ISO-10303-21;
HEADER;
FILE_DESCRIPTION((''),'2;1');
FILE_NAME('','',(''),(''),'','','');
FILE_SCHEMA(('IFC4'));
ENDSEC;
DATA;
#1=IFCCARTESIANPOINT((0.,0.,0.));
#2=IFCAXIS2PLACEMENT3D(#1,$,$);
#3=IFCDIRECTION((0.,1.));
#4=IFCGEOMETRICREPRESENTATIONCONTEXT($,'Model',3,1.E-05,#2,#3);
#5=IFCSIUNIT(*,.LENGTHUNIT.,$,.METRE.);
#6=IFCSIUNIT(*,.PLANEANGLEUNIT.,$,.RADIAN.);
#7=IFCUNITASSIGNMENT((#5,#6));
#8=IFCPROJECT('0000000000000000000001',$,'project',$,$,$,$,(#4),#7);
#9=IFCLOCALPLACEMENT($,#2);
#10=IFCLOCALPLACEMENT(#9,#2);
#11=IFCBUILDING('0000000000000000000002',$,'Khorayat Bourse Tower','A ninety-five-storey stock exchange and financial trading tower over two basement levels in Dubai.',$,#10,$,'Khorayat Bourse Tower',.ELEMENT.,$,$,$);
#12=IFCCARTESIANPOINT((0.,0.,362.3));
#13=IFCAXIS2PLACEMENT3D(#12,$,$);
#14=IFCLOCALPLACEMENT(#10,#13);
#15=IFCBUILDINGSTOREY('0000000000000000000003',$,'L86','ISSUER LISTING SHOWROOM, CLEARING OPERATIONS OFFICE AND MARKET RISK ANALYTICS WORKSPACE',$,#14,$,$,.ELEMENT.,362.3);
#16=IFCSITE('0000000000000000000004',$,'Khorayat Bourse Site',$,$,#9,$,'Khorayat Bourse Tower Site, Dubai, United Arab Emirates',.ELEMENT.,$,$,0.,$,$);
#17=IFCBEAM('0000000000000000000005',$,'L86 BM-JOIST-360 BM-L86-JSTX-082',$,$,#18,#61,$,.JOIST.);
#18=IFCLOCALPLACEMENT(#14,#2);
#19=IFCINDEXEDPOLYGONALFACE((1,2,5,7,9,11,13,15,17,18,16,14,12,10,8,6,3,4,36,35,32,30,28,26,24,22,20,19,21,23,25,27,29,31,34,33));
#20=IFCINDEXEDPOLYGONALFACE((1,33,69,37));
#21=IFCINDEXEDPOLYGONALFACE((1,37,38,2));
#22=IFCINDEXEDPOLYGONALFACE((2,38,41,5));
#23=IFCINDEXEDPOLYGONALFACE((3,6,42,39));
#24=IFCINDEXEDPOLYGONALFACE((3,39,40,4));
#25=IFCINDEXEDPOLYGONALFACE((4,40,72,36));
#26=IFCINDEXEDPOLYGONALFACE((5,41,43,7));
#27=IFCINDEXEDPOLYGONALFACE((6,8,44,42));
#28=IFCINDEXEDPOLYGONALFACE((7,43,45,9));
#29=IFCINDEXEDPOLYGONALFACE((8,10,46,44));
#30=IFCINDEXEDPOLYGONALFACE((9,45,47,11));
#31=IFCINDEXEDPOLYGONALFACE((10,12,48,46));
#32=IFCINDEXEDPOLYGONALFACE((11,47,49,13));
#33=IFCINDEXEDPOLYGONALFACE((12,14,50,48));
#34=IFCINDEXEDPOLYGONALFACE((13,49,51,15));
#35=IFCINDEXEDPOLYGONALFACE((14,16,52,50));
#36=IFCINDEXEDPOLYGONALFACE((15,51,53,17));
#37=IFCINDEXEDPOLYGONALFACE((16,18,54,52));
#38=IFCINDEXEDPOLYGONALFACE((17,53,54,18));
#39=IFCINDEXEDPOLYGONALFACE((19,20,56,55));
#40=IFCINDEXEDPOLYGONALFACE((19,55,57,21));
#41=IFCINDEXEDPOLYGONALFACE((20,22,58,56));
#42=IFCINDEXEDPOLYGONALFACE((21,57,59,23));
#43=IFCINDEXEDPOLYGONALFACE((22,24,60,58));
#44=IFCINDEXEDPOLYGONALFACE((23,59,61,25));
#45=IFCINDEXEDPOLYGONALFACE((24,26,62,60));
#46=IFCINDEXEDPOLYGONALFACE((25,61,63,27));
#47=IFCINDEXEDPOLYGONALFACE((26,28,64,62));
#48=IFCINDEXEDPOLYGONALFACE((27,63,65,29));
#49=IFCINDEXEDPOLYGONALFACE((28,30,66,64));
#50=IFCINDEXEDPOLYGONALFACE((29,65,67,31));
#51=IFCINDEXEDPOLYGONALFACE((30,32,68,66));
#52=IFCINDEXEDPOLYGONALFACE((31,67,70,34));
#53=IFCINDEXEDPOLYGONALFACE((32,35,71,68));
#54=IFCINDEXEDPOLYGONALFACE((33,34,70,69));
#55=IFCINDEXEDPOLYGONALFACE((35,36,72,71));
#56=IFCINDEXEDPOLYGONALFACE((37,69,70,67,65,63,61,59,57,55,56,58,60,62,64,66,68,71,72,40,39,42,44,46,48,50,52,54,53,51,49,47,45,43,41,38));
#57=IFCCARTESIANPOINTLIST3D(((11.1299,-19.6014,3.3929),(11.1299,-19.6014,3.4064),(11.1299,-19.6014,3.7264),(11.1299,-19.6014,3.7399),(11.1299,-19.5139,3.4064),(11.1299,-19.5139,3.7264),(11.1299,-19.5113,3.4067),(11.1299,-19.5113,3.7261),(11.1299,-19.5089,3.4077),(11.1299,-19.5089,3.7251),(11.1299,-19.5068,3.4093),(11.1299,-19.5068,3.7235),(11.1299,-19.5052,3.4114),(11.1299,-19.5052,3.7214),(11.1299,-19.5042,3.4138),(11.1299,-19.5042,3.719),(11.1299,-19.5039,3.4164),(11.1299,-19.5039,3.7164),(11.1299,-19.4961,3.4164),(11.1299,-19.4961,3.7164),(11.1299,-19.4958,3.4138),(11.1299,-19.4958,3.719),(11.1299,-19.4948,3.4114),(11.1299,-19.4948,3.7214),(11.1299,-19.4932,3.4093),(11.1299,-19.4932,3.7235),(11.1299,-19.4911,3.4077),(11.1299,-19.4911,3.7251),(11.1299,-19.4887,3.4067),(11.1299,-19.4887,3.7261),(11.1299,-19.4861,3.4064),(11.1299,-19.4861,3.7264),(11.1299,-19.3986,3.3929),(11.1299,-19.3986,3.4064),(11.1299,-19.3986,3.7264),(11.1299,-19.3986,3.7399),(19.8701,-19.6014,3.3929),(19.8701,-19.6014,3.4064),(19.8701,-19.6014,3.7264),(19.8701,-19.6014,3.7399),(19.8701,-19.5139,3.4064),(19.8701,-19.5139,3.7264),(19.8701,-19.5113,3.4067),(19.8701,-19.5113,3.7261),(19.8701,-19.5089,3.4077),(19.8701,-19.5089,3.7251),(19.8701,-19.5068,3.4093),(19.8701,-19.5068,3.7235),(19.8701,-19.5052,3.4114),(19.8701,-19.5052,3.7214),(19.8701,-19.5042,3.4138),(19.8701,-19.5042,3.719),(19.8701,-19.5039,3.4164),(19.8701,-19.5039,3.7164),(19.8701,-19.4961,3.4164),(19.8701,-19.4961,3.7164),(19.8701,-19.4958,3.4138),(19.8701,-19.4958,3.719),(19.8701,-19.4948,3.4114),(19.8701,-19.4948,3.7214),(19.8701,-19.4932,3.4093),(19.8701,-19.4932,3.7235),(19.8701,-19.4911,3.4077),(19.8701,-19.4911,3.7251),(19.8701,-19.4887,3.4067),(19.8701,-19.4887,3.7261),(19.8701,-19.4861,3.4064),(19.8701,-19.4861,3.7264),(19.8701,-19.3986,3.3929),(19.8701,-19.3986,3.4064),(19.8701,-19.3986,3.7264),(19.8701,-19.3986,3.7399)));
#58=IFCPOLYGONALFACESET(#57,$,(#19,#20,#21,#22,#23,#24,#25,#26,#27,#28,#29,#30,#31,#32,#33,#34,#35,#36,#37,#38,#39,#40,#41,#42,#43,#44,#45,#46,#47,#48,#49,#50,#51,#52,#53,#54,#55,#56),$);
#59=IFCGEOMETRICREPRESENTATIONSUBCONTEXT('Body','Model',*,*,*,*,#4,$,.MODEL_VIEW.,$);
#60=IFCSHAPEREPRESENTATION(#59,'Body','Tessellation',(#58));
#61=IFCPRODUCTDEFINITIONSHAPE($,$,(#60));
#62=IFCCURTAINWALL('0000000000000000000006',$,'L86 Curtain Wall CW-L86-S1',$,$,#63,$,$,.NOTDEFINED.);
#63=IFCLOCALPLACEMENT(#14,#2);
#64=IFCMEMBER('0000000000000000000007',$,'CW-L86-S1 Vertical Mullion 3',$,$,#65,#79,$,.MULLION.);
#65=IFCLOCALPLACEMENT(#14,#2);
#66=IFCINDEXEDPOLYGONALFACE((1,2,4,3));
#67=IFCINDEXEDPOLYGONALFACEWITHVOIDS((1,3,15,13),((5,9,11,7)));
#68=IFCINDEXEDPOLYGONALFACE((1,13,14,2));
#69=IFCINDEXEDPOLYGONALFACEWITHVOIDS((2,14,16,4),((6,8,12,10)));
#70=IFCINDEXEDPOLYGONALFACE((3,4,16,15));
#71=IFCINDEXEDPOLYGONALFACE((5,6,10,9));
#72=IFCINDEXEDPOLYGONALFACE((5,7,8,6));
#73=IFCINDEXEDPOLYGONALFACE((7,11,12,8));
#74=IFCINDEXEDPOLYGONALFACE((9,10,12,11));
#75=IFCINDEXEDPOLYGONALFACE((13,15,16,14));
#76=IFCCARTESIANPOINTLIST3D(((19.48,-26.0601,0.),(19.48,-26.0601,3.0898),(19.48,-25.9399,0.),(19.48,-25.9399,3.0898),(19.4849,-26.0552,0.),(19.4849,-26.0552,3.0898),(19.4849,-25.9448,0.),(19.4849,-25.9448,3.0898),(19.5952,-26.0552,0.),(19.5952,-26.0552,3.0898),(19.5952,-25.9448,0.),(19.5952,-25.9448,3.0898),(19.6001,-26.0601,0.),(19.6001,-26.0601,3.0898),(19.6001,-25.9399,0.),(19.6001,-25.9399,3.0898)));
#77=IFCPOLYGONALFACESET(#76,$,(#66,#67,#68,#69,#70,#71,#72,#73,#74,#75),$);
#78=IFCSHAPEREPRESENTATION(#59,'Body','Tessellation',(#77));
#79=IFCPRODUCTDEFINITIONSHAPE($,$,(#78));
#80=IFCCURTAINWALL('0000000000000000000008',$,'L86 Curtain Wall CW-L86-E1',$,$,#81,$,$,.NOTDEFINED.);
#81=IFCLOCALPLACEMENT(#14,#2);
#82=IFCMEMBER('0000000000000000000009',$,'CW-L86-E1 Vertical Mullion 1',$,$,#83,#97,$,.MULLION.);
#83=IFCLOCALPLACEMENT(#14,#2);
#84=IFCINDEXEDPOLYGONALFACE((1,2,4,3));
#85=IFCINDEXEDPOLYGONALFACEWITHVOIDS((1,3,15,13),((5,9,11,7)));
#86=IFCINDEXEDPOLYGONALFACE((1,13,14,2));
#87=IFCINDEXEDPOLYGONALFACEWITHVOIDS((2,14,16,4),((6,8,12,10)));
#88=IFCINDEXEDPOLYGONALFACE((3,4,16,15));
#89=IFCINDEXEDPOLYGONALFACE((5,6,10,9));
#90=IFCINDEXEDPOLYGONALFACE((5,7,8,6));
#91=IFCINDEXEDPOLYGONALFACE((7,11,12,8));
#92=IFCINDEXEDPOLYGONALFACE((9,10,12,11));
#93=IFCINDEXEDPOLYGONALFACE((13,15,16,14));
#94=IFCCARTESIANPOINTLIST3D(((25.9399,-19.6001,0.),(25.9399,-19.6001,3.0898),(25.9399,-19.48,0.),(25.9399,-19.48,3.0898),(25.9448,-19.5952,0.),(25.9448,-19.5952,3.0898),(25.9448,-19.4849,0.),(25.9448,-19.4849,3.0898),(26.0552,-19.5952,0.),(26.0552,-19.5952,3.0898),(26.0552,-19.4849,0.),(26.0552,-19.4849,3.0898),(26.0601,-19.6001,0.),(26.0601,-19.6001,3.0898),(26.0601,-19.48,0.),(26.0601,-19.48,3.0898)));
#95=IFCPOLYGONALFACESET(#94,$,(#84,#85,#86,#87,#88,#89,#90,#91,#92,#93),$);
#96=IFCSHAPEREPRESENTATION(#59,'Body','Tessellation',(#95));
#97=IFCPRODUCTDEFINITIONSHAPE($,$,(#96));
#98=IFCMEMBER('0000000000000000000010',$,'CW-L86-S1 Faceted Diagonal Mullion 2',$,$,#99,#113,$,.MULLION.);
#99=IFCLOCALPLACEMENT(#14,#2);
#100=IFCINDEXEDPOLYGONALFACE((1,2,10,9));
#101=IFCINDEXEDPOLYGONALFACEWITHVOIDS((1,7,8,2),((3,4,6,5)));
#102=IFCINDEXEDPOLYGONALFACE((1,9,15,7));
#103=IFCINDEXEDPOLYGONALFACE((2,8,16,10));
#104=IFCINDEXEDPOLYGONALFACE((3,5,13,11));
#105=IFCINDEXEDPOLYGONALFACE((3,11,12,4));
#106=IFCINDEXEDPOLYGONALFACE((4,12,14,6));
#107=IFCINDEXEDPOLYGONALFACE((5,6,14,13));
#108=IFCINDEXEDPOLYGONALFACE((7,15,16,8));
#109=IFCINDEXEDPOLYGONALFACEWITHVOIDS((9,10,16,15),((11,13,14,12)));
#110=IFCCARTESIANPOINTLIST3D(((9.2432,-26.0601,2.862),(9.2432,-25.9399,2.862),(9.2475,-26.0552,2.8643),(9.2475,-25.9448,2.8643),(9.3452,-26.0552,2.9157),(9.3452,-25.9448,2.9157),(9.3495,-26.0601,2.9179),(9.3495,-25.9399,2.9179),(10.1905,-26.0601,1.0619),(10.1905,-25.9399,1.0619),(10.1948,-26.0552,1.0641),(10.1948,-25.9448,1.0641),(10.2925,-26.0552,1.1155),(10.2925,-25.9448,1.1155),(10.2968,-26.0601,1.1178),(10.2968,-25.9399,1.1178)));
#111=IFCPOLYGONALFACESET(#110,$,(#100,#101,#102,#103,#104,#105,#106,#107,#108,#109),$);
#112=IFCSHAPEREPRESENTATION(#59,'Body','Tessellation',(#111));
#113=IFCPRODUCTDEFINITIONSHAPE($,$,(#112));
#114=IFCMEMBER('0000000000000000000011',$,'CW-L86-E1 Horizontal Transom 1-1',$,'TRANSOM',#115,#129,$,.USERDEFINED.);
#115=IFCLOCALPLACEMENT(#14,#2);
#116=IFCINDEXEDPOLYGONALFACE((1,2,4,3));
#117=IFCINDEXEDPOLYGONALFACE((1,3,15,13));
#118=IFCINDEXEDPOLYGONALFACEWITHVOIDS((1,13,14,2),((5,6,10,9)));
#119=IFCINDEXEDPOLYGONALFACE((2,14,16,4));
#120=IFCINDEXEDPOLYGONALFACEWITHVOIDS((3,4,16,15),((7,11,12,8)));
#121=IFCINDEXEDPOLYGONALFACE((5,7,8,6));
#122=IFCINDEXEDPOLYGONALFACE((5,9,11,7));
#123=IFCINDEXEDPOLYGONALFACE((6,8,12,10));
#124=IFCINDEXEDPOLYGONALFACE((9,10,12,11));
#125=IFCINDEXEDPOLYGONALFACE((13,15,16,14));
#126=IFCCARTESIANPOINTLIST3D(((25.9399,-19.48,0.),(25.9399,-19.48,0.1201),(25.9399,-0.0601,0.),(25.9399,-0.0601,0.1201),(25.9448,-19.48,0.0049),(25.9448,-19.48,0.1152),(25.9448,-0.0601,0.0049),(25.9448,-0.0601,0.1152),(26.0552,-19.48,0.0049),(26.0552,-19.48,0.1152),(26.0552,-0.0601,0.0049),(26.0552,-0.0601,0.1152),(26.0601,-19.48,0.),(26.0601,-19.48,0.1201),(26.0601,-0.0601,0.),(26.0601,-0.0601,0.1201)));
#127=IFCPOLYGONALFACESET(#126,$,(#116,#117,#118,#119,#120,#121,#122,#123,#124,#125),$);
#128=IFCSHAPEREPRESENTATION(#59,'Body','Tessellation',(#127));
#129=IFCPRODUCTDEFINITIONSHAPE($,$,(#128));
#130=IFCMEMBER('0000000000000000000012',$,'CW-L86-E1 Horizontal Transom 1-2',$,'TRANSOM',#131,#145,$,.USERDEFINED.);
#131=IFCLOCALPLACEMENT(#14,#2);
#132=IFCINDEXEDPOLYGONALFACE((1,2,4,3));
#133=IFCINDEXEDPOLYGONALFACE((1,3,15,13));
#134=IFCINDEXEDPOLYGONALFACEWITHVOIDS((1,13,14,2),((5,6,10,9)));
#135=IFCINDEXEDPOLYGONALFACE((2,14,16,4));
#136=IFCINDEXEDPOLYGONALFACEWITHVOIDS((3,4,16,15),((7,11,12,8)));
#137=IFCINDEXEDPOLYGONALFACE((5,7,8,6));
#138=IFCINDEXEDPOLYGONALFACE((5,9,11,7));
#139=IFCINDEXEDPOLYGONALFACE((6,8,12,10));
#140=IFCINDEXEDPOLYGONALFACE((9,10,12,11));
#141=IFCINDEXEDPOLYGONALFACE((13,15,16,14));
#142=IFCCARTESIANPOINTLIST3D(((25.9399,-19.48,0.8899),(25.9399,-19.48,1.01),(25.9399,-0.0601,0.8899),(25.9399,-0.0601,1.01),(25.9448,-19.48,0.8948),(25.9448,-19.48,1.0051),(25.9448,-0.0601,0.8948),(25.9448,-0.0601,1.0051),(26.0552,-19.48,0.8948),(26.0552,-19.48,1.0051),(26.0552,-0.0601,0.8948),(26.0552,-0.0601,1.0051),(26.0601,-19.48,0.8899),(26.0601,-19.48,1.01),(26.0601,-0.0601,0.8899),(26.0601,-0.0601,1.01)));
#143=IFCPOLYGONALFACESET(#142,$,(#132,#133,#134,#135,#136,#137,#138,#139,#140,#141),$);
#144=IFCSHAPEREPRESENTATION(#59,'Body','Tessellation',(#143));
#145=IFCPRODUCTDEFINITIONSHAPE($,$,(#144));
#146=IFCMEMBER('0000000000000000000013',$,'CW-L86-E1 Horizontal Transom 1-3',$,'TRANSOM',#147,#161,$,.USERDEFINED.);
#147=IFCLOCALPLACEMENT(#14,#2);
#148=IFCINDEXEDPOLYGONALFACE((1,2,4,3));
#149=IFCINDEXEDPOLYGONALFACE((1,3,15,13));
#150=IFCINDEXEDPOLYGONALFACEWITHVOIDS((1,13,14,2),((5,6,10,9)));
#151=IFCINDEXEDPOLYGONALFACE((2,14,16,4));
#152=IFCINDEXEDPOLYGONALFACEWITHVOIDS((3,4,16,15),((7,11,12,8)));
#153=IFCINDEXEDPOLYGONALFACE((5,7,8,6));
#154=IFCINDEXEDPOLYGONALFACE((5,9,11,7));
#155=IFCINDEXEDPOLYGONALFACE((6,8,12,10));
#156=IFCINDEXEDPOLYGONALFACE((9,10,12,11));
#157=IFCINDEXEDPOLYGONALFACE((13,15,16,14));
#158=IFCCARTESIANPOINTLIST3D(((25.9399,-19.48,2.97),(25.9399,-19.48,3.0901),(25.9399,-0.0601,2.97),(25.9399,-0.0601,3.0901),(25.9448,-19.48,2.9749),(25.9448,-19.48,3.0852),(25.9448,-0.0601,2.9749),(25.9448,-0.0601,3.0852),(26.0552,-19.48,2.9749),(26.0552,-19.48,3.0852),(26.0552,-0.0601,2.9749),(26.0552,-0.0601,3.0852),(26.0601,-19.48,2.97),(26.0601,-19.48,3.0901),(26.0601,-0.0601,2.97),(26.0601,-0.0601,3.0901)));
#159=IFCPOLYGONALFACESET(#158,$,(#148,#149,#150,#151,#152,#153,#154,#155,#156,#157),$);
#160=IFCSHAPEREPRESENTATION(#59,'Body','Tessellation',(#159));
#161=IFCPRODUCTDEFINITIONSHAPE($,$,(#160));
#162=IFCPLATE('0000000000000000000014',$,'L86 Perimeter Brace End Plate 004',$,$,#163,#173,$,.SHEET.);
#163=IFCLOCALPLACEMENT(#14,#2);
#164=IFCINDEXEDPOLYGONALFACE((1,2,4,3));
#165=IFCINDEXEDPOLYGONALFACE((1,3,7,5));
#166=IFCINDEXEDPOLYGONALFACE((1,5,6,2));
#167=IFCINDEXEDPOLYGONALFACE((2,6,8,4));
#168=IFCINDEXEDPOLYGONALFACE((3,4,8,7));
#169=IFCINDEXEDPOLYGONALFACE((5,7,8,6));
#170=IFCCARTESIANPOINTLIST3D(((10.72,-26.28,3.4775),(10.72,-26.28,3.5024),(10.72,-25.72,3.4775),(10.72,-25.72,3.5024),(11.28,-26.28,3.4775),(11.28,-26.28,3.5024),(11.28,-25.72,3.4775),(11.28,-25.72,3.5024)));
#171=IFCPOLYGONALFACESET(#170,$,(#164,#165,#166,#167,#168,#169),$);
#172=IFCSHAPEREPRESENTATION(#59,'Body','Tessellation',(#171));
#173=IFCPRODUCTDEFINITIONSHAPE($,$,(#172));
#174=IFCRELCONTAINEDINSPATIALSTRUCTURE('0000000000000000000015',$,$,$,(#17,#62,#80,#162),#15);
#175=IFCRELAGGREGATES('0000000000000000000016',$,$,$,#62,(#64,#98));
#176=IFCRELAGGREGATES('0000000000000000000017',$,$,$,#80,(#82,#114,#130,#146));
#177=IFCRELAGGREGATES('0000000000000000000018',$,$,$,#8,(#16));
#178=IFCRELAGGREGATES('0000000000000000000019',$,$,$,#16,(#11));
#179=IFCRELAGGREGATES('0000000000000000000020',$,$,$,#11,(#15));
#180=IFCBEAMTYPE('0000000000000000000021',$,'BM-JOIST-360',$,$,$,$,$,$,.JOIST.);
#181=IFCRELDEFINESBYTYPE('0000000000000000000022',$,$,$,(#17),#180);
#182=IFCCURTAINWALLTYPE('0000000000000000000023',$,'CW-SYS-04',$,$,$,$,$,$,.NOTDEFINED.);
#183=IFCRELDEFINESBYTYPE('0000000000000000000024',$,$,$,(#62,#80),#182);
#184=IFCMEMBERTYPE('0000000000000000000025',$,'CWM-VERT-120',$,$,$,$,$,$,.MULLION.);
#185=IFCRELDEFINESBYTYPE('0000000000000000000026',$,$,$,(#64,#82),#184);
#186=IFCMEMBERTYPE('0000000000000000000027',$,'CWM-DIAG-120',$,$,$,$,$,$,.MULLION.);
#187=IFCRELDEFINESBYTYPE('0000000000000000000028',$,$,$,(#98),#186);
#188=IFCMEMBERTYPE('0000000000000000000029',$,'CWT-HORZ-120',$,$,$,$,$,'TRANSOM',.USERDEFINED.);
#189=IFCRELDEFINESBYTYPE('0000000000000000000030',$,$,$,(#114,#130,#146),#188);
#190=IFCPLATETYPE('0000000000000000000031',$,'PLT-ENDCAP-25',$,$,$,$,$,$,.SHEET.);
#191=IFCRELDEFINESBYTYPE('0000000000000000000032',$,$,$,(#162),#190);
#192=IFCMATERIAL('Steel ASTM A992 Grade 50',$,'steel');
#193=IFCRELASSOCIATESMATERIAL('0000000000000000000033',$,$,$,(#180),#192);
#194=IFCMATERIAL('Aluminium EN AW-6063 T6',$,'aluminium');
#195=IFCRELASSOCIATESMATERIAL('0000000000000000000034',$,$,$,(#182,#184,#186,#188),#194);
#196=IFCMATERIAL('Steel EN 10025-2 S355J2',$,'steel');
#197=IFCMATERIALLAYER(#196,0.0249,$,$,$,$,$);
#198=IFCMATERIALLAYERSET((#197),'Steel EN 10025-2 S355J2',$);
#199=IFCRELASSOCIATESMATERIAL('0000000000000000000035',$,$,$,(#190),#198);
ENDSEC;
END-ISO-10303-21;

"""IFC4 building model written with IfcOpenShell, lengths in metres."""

from ifc_helpers import new_model, si_unit, direction, frame, origin, origin_2d, place, context, subcontext, project, spatial, rectangle, hollow_rectangle, i_section, extrude, source, transform, mapped, material, layer, layer_set, material_profile, profile_set, type_object, element, aggregate, save


model = new_model("IFC4")

# Units and contexts
model_context = context("Model", 3, precision=1e-05, world=origin(), true_north=direction((0.0, 1.0)))
body_context = subcontext(model_context, "Body", "Model", "MODEL_VIEW")
ifc_project = project(units=[si_unit("LENGTHUNIT", "METRE"), si_unit("PLANEANGLEUNIT", "RADIAN")], contexts=[model_context])

# Site, building, storey
site_placement = place(None, origin())
site = spatial("IfcSite", under=ifc_project, at=site_placement, Name="Khorayat Bourse Site", LongName="Khorayat Bourse Tower Site, Dubai, United Arab Emirates", CompositionType="ELEMENT", RefElevation=0.0)
building_placement = place(site_placement, origin())
building = spatial("IfcBuilding", under=site, at=building_placement, Name="Khorayat Bourse Tower", Description="A ninety-five-storey stock exchange and financial trading tower over two basement levels in Dubai.", LongName="Khorayat Bourse Tower", CompositionType="ELEMENT")
storey_placement = place(building_placement, frame((0.0, 0.0, 362.3)))
storey = spatial("IfcBuildingStorey", under=building, at=storey_placement, Name="L86", Description="ISSUER LISTING SHOWROOM, CLEARING OPERATIONS OFFICE AND MARKET RISK ANALYTICS WORKSPACE", CompositionType="ELEMENT", Elevation=362.3)

# Shared definitions
ifc_material_1 = material(Name="Steel EN 10025-2 S355J2", Category="steel")

# Beam
ifc_material_2 = material(Name="Steel ASTM A992 Grade 50", Category="steel")
ifc_material_profile_1 = material_profile(ifc_material_2, i_section(OverallWidth=0.2029, OverallDepth=0.3469, WebThickness=0.0078, FlangeThickness=0.0134, FilletRadius=0.01, at=origin_2d()), Name="W360X64")
ifc_profile_set_1 = profile_set([ifc_material_profile_1], Name="Steel ASTM A992 Grade 50")
beam_type_1 = type_object("IfcBeamType", Name="BM-JOIST-360", PredefinedType="JOIST", material=ifc_profile_set_1)
shared_shape_1 = source(origin(), body_context, "Body", "SweptSolid", [
    extrude(i_section(OverallWidth=0.2029, OverallDepth=0.3469, WebThickness=0.0078, FlangeThickness=0.0134, FilletRadius=0.01, at=origin_2d()), origin(), (0.0, 0.0, 1.0), 8.7402),
])
beam_1_placement = place(storey_placement, frame((11.1299, -19.5, 3.5664), z_axis=(1.0, 0.0, 0.0), x_axis=(0.0, 1.0, 0.0)))
element("IfcBeam", 1, at=beam_1_placement, inside=storey, type_object=beam_type_1, Name="L86 BM-JOIST-360 BM-L86-JSTX-082", PredefinedType="JOIST", context=body_context, shape_type="MappedRepresentation", body=[
    mapped(shared_shape_1, transform((0.0, 0.0, 0.0), scale=1.0)),
])

# Curtain walls, members
ifc_material_3 = material(Name="Aluminium EN AW-6063 T6", Category="aluminium")
curtain_wall_type = type_object("IfcCurtainWallType", Name="CW-SYS-04", PredefinedType="NOTDEFINED", material=ifc_material_3)
curtain_wall_1_placement = place(storey_placement, origin())
curtain_wall_1 = element("IfcCurtainWall", 2, at=curtain_wall_1_placement, inside=storey, type_object=curtain_wall_type, Name="L86 Curtain Wall CW-L86-S1", PredefinedType="NOTDEFINED")
ifc_material_profile_2 = material_profile(ifc_material_3, hollow_rectangle(XDim=0.1201, YDim=0.1201, WallThickness=0.0049, at=origin_2d()), Name="ALU 120x120x5")
ifc_profile_set_2 = profile_set([ifc_material_profile_2], Name="Aluminium EN AW-6063 T6")
member_type_1 = type_object("IfcMemberType", Name="CWM-VERT-120", PredefinedType="MULLION", material=ifc_profile_set_2)
shared_shape_2 = source(origin(), body_context, "Body", "SweptSolid", [
    extrude(hollow_rectangle(XDim=0.1201, YDim=0.1201, WallThickness=0.0049, at=origin_2d()), origin(), (0.0, 0.0, 1.0), 3.0898),
])
member_1_placement = place(storey_placement, frame((19.54, -26.0, 0.0), z_axis=(0.0, 0.0, 1.0), x_axis=(0.0, 1.0, 0.0)))
member_1 = element("IfcMember", 3, at=member_1_placement, type_object=member_type_1, Name="CW-L86-S1 Vertical Mullion 3", PredefinedType="MULLION", context=body_context, shape_type="MappedRepresentation", body=[
    mapped(shared_shape_2, transform((0.0, 0.0, 0.0), scale=1.0)),
])
curtain_wall_2_placement = place(storey_placement, origin())
curtain_wall_2 = element("IfcCurtainWall", 4, at=curtain_wall_2_placement, inside=storey, type_object=curtain_wall_type, Name="L86 Curtain Wall CW-L86-E1", PredefinedType="NOTDEFINED")
member_2_placement = place(storey_placement, frame((26.0, -19.54, 0.0), z_axis=(0.0, 0.0, 1.0), x_axis=(-1.0, 0.0, 0.0)))
member_2 = element("IfcMember", 5, at=member_2_placement, type_object=member_type_1, Name="CW-L86-E1 Vertical Mullion 1", PredefinedType="MULLION", context=body_context, shape_type="MappedRepresentation", body=[
    mapped(shared_shape_2, transform((0.0, 0.0, 0.0), scale=1.0)),
])

# Members
ifc_material_profile_3 = material_profile(ifc_material_3, hollow_rectangle(XDim=0.1201, YDim=0.1201, WallThickness=0.0049, at=origin_2d()), Name="ALU 120x120x5")
ifc_profile_set_3 = profile_set([ifc_material_profile_3], Name="Aluminium EN AW-6063 T6")
member_type_2 = type_object("IfcMemberType", Name="CWM-DIAG-120", PredefinedType="MULLION", material=ifc_profile_set_3)
shared_shape_3 = source(origin(), body_context, "Body", "SweptSolid", [
    extrude(hollow_rectangle(XDim=0.1201, YDim=0.1201, WallThickness=0.0049, at=origin_2d()), origin(), (0.0, 0.0, 1.0), 2.0342),
])
member_3_placement = place(storey_placement, frame((10.2437, -26.0, 1.0898), z_axis=(-0.465697, 0.0, 0.884944), x_axis=(0.0, -1.0, 0.0)))
member_3 = element("IfcMember", 6, at=member_3_placement, type_object=member_type_2, Name="CW-L86-S1 Faceted Diagonal Mullion 2", PredefinedType="MULLION", context=body_context, shape_type="MappedRepresentation", body=[
    mapped(shared_shape_3, transform((0.0, 0.0, 0.0), scale=1.0)),
])
aggregate(curtain_wall_1, [member_1, member_3])
ifc_material_profile_4 = material_profile(ifc_material_3, hollow_rectangle(XDim=0.1201, YDim=0.1201, WallThickness=0.0049, at=origin_2d()), Name="ALU 120x120x5")
ifc_profile_set_4 = profile_set([ifc_material_profile_4], Name="Aluminium EN AW-6063 T6")
member_type_3 = type_object("IfcMemberType", Name="CWT-HORZ-120", ElementType="TRANSOM", PredefinedType="USERDEFINED", material=ifc_profile_set_4)
shared_shape_4 = source(origin(), body_context, "Body", "SweptSolid", [
    extrude(hollow_rectangle(XDim=0.1201, YDim=0.1201, WallThickness=0.0049, at=origin_2d()), origin(), (0.0, 0.0, 1.0), 19.4199),
])
member_4_placement = place(storey_placement, frame((26.0, -19.48, 0.0601), z_axis=(0.0, 1.0, 0.0), x_axis=(-1.0, 0.0, 0.0)))
member_4 = element("IfcMember", 7, at=member_4_placement, type_object=member_type_3, Name="CW-L86-E1 Horizontal Transom 1-1", ObjectType="TRANSOM", PredefinedType="USERDEFINED", context=body_context, shape_type="MappedRepresentation", body=[
    mapped(shared_shape_4, transform((0.0, 0.0, 0.0), scale=1.0)),
])
member_5_placement = place(storey_placement, frame((26.0, -19.48, 0.95), z_axis=(0.0, 1.0, 0.0), x_axis=(-1.0, 0.0, 0.0)))
member_5 = element("IfcMember", 8, at=member_5_placement, type_object=member_type_3, Name="CW-L86-E1 Horizontal Transom 1-2", ObjectType="TRANSOM", PredefinedType="USERDEFINED", context=body_context, shape_type="MappedRepresentation", body=[
    mapped(shared_shape_4, transform((0.0, 0.0, 0.0), scale=1.0)),
])
member_6_placement = place(storey_placement, frame((26.0, -19.48, 3.03), z_axis=(0.0, 1.0, 0.0), x_axis=(-1.0, 0.0, 0.0)))
member_6 = element("IfcMember", 9, at=member_6_placement, type_object=member_type_3, Name="CW-L86-E1 Horizontal Transom 1-3", ObjectType="TRANSOM", PredefinedType="USERDEFINED", context=body_context, shape_type="MappedRepresentation", body=[
    mapped(shared_shape_4, transform((0.0, 0.0, 0.0), scale=1.0)),
])
aggregate(curtain_wall_2, [member_2, member_4, member_5, member_6])

# Plate
ifc_layer_1 = layer(ifc_material_1, 0.0249)
ifc_layer_set_1 = layer_set([ifc_layer_1], Name="Steel EN 10025-2 S355J2")
plate_type = type_object("IfcPlateType", Name="PLT-ENDCAP-25", PredefinedType="SHEET", material=ifc_layer_set_1)
shared_shape_5 = source(origin(), body_context, "Body", "SweptSolid", [
    extrude(rectangle(XDim=0.5601, YDim=0.5601, at=origin_2d()), origin(), (0.0, 0.0, 1.0), 0.0249),
])
plate_placement = place(storey_placement, frame((11.0, -26.0, 3.4775), z_axis=(0.0, 0.0, 1.0), x_axis=(1.0, 0.0, 0.0)))
element("IfcPlate", 10, at=plate_placement, inside=storey, type_object=plate_type, Name="L86 Perimeter Brace End Plate 004", PredefinedType="SHEET", context=body_context, shape_type="MappedRepresentation", body=[
    mapped(shared_shape_5, transform((0.0, 0.0, 0.0), scale=1.0)),
])

save(model, "model.ifc")
